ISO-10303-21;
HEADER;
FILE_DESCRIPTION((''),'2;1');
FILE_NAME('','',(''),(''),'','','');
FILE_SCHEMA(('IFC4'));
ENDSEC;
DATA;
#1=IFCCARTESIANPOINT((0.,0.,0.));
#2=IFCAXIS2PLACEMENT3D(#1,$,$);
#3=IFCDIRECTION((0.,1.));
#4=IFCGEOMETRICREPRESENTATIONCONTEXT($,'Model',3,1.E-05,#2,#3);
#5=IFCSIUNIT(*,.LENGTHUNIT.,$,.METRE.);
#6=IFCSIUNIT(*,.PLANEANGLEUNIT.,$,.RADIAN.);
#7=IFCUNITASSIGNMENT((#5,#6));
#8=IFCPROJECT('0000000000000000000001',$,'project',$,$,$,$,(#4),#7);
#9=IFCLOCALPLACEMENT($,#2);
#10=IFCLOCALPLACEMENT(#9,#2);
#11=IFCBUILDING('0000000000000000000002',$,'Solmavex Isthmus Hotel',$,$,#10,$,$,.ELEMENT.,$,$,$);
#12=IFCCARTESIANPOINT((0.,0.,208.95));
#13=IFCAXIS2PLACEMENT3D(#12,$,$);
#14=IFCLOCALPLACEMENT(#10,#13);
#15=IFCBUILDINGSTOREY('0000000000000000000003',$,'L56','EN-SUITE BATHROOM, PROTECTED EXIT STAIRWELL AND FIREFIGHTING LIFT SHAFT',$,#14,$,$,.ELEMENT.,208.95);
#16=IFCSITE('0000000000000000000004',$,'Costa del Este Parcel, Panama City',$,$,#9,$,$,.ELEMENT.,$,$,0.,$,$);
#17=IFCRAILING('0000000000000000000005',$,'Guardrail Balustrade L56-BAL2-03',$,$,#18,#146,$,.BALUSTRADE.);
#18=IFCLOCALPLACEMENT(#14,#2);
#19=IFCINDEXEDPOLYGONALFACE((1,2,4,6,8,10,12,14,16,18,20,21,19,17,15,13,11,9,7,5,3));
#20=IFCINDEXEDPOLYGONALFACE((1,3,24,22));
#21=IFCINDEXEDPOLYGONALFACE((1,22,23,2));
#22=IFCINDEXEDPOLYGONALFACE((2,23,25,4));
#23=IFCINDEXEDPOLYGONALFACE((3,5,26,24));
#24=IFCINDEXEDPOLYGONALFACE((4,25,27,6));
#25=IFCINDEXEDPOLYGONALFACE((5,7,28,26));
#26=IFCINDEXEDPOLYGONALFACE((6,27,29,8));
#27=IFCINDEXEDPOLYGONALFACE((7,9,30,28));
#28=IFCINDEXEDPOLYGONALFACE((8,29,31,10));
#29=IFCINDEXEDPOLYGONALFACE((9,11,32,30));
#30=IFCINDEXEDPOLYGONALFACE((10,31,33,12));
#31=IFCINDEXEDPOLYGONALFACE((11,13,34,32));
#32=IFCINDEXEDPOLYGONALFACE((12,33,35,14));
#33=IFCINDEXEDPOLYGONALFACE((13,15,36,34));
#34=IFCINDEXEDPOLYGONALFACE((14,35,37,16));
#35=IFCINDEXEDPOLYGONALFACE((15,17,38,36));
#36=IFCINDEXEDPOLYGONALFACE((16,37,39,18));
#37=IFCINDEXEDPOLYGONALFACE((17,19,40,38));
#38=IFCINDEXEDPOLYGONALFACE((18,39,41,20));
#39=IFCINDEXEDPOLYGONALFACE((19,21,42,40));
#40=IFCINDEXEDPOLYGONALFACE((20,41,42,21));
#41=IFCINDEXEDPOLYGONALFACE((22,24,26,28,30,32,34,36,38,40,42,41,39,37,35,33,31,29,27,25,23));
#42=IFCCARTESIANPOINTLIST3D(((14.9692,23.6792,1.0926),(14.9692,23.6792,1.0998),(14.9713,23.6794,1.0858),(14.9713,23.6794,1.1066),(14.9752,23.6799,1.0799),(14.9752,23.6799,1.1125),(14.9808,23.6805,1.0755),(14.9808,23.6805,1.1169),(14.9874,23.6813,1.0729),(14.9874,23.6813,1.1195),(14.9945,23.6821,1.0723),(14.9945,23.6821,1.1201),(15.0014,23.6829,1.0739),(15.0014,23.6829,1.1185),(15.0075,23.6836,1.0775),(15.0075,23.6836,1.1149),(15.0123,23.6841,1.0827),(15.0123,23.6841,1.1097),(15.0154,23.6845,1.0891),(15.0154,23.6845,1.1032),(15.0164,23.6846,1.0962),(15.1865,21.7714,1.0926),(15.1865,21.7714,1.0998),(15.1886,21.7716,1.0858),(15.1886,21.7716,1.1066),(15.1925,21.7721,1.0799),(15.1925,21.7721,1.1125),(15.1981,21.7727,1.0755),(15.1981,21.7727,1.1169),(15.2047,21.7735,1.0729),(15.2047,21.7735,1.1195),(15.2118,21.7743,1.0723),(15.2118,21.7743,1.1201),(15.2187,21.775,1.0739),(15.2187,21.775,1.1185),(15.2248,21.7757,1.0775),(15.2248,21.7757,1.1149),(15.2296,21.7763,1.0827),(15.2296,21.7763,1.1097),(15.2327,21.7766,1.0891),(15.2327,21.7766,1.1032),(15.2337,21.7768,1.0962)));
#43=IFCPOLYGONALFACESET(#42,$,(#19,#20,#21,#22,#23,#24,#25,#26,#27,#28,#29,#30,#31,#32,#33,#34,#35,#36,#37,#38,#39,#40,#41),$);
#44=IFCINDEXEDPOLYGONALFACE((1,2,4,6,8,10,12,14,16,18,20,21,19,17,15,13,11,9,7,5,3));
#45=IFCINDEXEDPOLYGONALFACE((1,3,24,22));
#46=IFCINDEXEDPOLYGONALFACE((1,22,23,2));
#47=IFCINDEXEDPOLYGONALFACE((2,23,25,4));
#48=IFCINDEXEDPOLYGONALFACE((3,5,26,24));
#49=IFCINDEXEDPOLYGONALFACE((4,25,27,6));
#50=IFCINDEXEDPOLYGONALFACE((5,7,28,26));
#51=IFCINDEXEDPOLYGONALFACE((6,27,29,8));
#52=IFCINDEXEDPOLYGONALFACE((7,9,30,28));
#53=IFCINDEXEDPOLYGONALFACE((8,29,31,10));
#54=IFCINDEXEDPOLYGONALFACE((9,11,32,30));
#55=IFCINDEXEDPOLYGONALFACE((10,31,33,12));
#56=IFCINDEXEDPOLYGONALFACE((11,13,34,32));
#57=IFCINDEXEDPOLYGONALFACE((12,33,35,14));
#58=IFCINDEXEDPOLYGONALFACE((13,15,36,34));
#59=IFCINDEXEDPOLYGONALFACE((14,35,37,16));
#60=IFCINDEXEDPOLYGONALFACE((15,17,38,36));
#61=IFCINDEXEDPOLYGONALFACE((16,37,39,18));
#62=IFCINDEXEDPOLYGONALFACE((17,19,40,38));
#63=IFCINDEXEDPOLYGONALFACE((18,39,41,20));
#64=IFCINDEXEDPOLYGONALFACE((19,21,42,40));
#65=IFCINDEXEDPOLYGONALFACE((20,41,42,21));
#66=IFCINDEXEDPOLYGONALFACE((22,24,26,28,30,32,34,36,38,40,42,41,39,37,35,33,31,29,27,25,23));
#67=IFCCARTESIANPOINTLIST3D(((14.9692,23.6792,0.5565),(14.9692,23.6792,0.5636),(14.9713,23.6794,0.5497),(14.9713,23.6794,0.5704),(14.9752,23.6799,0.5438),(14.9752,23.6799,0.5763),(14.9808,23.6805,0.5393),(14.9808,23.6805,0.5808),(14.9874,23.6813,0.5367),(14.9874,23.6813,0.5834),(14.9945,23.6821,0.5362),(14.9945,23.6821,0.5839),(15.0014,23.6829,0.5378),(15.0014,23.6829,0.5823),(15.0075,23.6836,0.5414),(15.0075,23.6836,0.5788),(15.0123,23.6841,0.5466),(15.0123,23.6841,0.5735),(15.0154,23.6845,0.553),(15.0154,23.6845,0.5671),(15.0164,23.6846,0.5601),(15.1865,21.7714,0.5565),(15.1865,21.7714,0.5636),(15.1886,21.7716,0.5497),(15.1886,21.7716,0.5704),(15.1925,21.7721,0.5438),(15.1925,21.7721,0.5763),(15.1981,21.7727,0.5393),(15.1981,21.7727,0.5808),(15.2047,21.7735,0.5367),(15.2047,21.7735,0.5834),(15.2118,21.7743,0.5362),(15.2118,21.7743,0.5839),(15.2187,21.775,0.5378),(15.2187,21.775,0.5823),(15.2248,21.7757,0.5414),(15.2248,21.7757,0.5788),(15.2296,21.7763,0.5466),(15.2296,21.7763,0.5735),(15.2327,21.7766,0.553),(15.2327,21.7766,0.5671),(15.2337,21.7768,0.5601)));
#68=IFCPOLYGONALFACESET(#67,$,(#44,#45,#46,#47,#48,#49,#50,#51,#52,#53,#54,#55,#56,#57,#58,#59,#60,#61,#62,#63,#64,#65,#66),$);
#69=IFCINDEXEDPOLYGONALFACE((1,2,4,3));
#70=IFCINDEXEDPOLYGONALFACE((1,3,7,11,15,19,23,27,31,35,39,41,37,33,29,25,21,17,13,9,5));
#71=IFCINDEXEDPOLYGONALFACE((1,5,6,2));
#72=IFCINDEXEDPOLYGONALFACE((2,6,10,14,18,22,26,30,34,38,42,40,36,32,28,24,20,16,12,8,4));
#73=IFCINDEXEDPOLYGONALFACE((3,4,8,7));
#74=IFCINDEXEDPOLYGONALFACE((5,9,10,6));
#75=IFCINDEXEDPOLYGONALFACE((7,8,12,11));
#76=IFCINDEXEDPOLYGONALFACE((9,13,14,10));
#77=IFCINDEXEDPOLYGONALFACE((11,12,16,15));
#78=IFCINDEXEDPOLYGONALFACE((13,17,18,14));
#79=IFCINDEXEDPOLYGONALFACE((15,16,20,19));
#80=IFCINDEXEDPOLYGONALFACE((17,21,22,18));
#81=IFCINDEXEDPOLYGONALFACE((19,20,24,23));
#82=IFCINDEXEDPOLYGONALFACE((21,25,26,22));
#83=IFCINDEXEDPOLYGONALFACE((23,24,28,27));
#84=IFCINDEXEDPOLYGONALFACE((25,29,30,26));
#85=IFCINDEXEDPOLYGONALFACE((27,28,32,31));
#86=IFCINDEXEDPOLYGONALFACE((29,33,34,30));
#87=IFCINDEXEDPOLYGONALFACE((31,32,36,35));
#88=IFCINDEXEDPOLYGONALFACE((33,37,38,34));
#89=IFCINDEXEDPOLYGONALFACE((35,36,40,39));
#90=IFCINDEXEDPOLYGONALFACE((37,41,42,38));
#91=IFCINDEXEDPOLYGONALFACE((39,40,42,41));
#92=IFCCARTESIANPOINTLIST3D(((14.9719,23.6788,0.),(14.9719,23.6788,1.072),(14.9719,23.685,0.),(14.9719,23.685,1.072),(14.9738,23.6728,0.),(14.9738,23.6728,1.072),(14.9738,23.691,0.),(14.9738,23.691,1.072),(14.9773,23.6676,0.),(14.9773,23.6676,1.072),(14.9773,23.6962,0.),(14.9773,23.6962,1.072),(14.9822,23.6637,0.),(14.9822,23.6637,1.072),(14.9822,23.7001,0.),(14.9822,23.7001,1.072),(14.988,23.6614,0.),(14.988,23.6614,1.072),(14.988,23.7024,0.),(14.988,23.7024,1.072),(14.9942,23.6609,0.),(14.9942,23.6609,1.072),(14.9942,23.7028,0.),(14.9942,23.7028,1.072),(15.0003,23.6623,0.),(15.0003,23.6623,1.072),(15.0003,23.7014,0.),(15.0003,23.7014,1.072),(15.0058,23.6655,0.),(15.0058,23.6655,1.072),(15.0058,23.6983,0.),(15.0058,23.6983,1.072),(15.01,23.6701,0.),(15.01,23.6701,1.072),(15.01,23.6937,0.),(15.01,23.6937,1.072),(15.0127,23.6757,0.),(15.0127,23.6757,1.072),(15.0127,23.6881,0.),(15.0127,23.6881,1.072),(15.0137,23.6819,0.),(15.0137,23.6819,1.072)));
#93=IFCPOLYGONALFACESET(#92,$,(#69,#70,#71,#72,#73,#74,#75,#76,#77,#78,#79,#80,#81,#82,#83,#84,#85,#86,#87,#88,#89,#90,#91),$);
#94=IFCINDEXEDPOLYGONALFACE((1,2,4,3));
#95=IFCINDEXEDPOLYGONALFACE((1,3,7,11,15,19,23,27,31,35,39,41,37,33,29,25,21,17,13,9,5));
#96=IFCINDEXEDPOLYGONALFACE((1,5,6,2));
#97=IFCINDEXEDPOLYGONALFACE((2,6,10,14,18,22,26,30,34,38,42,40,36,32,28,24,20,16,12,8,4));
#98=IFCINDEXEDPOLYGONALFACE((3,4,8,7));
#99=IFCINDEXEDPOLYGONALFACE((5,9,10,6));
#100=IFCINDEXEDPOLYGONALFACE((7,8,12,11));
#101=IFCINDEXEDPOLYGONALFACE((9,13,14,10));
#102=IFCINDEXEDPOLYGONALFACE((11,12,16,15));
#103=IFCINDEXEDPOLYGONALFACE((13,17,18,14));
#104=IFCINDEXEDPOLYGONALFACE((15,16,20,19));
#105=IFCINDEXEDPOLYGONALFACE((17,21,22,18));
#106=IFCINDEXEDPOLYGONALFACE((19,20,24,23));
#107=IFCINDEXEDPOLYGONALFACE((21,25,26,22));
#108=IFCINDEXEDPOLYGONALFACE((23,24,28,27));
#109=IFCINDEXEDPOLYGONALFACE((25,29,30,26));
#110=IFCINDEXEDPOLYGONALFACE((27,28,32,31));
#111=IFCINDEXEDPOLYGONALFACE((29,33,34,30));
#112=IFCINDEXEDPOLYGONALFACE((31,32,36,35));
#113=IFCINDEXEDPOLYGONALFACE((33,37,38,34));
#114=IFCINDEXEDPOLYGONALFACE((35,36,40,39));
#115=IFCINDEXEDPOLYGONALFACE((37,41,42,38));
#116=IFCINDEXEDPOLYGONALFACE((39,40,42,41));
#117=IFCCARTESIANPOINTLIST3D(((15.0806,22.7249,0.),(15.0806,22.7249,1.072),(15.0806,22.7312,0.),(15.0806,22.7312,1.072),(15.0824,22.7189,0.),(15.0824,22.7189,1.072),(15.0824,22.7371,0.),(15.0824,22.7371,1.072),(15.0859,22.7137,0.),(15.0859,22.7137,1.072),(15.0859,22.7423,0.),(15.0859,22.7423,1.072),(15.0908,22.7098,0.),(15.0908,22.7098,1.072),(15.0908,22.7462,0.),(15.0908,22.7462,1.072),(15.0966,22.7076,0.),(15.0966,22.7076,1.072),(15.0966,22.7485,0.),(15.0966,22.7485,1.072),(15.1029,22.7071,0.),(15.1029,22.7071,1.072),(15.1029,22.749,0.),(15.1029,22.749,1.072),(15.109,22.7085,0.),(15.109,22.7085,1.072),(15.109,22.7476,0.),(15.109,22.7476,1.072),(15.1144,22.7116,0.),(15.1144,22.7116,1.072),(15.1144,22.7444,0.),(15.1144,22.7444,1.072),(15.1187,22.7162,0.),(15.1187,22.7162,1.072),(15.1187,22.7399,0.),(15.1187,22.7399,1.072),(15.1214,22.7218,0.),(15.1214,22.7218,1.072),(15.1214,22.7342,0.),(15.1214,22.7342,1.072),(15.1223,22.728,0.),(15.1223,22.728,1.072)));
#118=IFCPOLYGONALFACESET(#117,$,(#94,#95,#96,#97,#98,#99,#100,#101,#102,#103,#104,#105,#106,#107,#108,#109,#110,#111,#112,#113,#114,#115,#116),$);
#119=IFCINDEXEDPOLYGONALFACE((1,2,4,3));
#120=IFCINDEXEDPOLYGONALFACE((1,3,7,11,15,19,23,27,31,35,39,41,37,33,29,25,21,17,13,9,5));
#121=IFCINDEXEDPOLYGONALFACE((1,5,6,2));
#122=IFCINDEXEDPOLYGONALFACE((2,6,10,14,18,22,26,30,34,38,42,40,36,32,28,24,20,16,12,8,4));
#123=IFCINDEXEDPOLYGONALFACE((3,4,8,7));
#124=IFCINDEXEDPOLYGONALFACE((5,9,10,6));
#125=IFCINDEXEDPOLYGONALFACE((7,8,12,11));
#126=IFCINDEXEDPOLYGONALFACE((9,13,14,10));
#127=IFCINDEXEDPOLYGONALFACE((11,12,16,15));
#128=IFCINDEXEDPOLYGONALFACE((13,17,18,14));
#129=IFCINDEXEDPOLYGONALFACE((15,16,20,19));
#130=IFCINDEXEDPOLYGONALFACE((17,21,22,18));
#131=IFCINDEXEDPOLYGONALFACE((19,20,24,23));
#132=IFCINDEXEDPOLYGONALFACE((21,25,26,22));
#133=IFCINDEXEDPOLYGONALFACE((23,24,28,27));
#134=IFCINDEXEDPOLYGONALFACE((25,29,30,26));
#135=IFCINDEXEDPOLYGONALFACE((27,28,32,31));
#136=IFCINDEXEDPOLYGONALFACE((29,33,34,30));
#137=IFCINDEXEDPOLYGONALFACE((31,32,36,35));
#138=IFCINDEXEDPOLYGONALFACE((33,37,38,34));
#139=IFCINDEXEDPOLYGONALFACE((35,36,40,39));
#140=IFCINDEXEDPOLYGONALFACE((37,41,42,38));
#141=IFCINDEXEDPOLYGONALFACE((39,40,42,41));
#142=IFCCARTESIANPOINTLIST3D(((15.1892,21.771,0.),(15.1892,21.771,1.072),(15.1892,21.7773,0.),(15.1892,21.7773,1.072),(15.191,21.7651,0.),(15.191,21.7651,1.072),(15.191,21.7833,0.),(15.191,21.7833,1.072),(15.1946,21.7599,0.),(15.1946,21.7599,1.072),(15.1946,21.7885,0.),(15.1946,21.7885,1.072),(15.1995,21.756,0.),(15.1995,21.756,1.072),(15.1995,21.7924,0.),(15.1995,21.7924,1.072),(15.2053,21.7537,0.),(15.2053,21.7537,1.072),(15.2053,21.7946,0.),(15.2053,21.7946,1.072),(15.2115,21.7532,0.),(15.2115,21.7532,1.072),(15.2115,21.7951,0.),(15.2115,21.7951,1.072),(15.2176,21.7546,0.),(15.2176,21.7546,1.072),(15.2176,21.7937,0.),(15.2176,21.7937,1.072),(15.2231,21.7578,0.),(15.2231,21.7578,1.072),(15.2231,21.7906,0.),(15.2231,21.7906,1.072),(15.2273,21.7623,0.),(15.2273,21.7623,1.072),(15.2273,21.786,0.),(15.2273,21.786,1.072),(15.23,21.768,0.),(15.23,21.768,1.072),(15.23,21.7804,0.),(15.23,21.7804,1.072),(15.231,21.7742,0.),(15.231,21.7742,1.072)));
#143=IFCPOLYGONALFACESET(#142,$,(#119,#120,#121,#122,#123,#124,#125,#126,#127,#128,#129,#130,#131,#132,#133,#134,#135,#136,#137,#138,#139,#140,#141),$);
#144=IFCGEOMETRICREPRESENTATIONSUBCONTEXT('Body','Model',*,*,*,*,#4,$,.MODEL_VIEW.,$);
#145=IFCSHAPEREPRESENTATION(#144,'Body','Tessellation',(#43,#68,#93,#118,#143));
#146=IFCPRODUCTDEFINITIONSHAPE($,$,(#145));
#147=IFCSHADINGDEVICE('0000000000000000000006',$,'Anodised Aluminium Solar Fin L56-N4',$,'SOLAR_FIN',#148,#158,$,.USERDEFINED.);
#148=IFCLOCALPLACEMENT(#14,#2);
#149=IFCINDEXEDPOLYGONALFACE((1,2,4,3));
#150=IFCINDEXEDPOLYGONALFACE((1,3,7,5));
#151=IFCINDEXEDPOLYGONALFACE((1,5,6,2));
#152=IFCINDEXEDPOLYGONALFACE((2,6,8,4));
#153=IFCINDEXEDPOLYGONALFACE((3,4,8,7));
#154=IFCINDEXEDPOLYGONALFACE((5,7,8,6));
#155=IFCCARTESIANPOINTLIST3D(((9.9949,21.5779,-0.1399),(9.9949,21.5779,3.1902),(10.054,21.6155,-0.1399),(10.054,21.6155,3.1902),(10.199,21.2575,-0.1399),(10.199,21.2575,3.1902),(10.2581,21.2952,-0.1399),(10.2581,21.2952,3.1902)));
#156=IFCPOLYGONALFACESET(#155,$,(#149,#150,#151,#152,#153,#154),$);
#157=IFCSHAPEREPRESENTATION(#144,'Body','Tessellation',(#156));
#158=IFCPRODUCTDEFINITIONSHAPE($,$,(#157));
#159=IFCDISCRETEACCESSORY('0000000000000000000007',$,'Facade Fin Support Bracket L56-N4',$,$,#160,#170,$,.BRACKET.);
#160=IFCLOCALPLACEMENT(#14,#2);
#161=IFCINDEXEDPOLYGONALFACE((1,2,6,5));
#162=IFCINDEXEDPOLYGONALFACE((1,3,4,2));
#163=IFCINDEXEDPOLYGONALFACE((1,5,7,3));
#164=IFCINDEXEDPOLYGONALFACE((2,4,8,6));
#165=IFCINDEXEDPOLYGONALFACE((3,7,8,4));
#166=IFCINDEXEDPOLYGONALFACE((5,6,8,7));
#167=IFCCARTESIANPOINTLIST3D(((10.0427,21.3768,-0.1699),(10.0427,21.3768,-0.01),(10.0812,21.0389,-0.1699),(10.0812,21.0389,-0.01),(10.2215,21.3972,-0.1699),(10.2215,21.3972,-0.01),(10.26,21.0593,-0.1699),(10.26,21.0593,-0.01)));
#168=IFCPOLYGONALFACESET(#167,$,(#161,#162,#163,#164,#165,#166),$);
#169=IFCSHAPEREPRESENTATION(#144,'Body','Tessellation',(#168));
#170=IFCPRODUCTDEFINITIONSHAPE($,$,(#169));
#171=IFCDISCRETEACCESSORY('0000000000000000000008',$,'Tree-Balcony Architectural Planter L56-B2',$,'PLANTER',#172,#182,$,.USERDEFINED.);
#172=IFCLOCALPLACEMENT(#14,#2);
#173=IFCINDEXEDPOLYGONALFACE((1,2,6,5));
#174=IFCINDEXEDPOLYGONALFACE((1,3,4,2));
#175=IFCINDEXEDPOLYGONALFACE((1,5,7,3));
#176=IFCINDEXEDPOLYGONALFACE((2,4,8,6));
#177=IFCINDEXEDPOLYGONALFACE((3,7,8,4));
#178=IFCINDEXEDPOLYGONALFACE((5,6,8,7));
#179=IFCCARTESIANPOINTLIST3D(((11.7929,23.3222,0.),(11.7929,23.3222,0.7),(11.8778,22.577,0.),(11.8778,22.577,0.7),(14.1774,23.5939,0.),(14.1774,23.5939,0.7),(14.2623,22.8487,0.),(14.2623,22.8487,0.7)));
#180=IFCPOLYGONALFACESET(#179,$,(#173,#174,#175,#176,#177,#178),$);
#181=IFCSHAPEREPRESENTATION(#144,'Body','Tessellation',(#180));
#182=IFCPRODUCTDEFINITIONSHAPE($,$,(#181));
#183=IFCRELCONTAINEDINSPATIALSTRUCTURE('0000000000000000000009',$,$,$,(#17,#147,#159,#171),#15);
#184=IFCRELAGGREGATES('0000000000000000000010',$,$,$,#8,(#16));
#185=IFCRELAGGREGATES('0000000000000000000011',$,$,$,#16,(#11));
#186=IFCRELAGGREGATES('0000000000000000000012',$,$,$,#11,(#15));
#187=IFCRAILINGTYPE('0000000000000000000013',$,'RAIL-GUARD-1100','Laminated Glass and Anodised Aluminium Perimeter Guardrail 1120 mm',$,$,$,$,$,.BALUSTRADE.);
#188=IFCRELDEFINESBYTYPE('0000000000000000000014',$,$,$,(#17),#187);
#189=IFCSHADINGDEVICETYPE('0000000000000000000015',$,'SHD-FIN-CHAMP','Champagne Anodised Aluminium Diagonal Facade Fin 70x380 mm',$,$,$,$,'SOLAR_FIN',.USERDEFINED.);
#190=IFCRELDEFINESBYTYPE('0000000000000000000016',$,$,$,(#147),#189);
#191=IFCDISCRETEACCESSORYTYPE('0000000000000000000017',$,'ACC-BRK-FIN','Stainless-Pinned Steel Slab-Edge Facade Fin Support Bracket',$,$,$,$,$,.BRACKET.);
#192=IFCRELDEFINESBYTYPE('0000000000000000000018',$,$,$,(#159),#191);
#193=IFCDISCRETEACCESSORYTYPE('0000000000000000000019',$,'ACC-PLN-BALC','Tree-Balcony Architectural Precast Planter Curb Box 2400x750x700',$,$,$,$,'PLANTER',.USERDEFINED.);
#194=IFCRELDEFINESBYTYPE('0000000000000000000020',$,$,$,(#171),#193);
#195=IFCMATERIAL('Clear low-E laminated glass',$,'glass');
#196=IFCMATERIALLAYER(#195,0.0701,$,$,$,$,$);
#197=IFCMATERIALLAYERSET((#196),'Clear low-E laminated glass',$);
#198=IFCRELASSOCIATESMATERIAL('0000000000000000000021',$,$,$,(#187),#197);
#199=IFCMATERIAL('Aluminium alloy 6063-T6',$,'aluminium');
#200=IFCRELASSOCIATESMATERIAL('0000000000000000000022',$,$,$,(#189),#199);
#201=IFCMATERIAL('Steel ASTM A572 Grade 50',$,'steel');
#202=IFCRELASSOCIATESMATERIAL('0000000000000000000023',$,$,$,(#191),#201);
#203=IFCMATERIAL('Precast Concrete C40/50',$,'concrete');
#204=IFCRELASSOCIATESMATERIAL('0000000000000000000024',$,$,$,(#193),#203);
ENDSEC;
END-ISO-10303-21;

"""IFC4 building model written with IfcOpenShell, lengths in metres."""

from ifc_helpers import new_model, si_unit, direction, frame, origin, origin_2d, place, context, subcontext, project, spatial, rectangle, circle, extrude, material, layer, layer_set, type_object, element, save


model = new_model("IFC4")

# Units and contexts
model_context = context("Model", 3, precision=1e-05, world=origin(), true_north=direction((0.0, 1.0)))
body_context = subcontext(model_context, "Body", "Model", "MODEL_VIEW")
ifc_project = project(units=[si_unit("LENGTHUNIT", "METRE"), si_unit("PLANEANGLEUNIT", "RADIAN")], contexts=[model_context])

# Site, building, storey
site_placement = place(None, origin())
site = spatial("IfcSite", under=ifc_project, at=site_placement, Name="Costa del Este Parcel, Panama City", CompositionType="ELEMENT", RefElevation=0.0)
building_placement = place(site_placement, origin())
building = spatial("IfcBuilding", under=site, at=building_placement, Name="Solmavex Isthmus Hotel", CompositionType="ELEMENT")
storey_placement = place(building_placement, frame((0.0, 0.0, 208.95)))
storey = spatial("IfcBuildingStorey", under=building, at=storey_placement, Name="L56", Description="EN-SUITE BATHROOM, PROTECTED EXIT STAIRWELL AND FIREFIGHTING LIFT SHAFT", CompositionType="ELEMENT", Elevation=208.95)

# Shared definitions
ifc_material_1 = material(Name="Aluminium alloy 6063-T6", Category="aluminium")

# Shared definitions
ifc_material_2 = material(Name="Clear low-E laminated glass", Category="glass")

# Shared definitions
ifc_material_3 = material(Name="Precast Concrete C40/50", Category="concrete")

# Railing
ifc_layer_1 = layer(ifc_material_2, 0.0701)
ifc_layer_set_1 = layer_set([ifc_layer_1], Name="Clear low-E laminated glass")
railing_type = type_object("IfcRailingType", Name="RAIL-GUARD-1100", Description="Laminated Glass and Anodised Aluminium Perimeter Guardrail 1120 mm", PredefinedType="BALUSTRADE", material=ifc_layer_set_1)
railing_1_placement = place(storey_placement, frame((14.9927, 23.6819, 0.0)))
element("IfcRailing", 1, at=railing_1_placement, inside=storey, type_object=railing_type, Name="Guardrail Balustrade L56-BAL2-03", PredefinedType="BALUSTRADE", context=body_context, shape_type="SweptSolid", body=[
    extrude(circle(Radius=0.0239, at=origin_2d()), frame((0.0, 0.0, 1.0962), z_axis=(0.113166, -0.993576, 0.0), x_axis=(0.993576, 0.113166, 0.0)), (0.0, 0.0, 1.0), 1.9202),
    extrude(circle(Radius=0.0239, at=origin_2d()), frame((0.0, 0.0, 0.5601), z_axis=(0.113166, -0.993576, 0.0), x_axis=(0.993576, 0.113166, 0.0)), (0.0, 0.0, 1.0), 1.9202),
    extrude(circle(Radius=0.021, at=origin_2d()), origin(), (0.0, 0.0, 1.0), 1.072),
    extrude(circle(Radius=0.021, at=origin_2d()), frame((0.1086, -0.9539, 0.0)), (0.0, 0.0, 1.0), 1.072),
    extrude(circle(Radius=0.021, at=origin_2d()), frame((0.2173, -1.9077, 0.0)), (0.0, 0.0, 1.0), 1.072),
])

# Shading device
shading_device_type = type_object("IfcShadingDeviceType", Name="SHD-FIN-CHAMP", Description="Champagne Anodised Aluminium Diagonal Facade Fin 70x380 mm", ElementType="SOLAR_FIN", PredefinedType="USERDEFINED", material=ifc_material_1)
shading_device_placement = place(storey_placement, frame((10.1265, 21.4365, -0.1399), z_axis=(0.0, 0.0, 1.0), x_axis=(-0.5373, 0.843391, 0.0)))
element("IfcShadingDevice", 2, at=shading_device_placement, inside=storey, type_object=shading_device_type, Name="Anodised Aluminium Solar Fin L56-N4", ObjectType="SOLAR_FIN", PredefinedType="USERDEFINED", context=body_context, shape_type="SweptSolid", body=[
    extrude(rectangle(XDim=0.3799, YDim=0.0701, at=origin_2d()), origin(), (0.0, 0.0, 1.0), 3.3301),
])

# Discrete accessories
ifc_material_4 = material(Name="Steel ASTM A572 Grade 50", Category="steel")
discrete_accessory_type_1 = type_object("IfcDiscreteAccessoryType", Name="ACC-BRK-FIN", Description="Stainless-Pinned Steel Slab-Edge Facade Fin Support Bracket", PredefinedType="BRACKET", material=ifc_material_4)
discrete_accessory_1_placement = place(storey_placement, frame((10.1514, 21.218, -0.1699), z_axis=(0.0, 0.0, 1.0), x_axis=(-0.113203, 0.993572, 0.0)))
element("IfcDiscreteAccessory", 3, at=discrete_accessory_1_placement, inside=storey, type_object=discrete_accessory_type_1, Name="Facade Fin Support Bracket L56-N4", PredefinedType="BRACKET", context=body_context, shape_type="SweptSolid", body=[
    extrude(rectangle(XDim=0.3401, YDim=0.1799, at=origin_2d()), origin(), (0.0, 0.0, 1.0), 0.1599),
])
discrete_accessory_type_2 = type_object("IfcDiscreteAccessoryType", Name="ACC-PLN-BALC", Description="Tree-Balcony Architectural Precast Planter Curb Box 2400x750x700", ElementType="PLANTER", PredefinedType="USERDEFINED", material=ifc_material_3)
discrete_accessory_2_placement = place(storey_placement, frame((13.0276, 23.0854, 0.0), z_axis=(0.0, 0.0, 1.0), x_axis=(0.993572, 0.113203, 0.0)))
element("IfcDiscreteAccessory", 4, at=discrete_accessory_2_placement, inside=storey, type_object=discrete_accessory_type_2, Name="Tree-Balcony Architectural Planter L56-B2", ObjectType="PLANTER", PredefinedType="USERDEFINED", context=body_context, shape_type="SweptSolid", body=[
    extrude(rectangle(XDim=2.3999, YDim=0.75, at=origin_2d()), origin(), (0.0, 0.0, 1.0), 0.7),
])

save(model, "model.ifc")
